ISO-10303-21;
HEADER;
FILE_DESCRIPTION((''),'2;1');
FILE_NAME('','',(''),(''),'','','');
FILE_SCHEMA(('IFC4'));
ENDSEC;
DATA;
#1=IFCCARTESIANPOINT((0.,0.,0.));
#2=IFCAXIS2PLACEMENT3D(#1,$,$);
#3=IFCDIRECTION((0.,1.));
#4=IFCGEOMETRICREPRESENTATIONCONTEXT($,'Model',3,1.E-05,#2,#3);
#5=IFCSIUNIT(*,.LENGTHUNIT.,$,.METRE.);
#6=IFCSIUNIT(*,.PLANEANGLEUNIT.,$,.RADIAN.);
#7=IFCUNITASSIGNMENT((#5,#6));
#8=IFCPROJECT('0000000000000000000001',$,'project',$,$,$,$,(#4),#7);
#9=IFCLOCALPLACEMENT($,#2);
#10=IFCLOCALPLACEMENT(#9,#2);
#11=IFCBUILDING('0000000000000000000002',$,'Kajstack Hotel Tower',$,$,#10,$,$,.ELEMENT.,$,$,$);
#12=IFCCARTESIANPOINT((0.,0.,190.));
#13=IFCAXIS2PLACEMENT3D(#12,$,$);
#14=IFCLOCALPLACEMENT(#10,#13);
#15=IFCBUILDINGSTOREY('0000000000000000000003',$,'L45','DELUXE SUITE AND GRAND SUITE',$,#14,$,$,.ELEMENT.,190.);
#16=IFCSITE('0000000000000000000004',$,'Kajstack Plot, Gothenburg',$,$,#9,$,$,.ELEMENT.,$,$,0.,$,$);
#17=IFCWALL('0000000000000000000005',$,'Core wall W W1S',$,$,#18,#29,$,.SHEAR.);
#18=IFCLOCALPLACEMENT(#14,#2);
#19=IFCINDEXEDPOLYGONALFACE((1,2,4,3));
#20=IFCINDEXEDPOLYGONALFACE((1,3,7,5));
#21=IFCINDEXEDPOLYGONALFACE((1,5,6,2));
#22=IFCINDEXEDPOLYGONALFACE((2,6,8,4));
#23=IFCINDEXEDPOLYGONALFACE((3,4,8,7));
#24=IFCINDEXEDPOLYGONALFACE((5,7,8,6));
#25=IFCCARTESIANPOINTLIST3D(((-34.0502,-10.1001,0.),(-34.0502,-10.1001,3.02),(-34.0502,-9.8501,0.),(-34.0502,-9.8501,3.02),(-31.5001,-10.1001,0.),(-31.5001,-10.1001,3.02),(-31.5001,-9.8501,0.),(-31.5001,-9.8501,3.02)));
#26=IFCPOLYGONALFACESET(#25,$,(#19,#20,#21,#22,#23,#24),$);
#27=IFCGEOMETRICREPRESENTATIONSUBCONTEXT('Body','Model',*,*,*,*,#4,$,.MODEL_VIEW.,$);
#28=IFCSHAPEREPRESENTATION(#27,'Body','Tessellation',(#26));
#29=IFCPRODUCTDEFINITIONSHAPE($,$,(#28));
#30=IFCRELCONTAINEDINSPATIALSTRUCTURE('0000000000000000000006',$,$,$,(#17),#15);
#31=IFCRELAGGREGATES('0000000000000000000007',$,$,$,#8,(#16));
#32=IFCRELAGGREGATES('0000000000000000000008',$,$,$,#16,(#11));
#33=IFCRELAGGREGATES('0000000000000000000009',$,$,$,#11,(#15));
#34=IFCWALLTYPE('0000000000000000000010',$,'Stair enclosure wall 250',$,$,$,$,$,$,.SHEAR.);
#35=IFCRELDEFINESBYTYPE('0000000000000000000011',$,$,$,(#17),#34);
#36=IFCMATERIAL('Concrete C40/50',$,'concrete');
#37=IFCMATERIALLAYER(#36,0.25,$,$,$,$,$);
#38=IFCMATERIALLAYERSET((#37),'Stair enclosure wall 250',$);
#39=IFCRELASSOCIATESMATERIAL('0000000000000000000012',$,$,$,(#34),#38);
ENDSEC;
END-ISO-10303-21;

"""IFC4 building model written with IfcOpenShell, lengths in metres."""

from ifc_helpers import new_model, si_unit, direction, frame, frame_2d, origin, place, context, subcontext, project, spatial, rectangle, extrude, material, layer, layer_set, type_object, element, save


model = new_model("IFC4")

# Units and contexts
model_context = context("Model", 3, precision=1e-05, world=origin(), true_north=direction((0.0, 1.0)))
body_context = subcontext(model_context, "Body", "Model", "MODEL_VIEW")
ifc_project = project(units=[si_unit("LENGTHUNIT", "METRE"), si_unit("PLANEANGLEUNIT", "RADIAN")], contexts=[model_context])

# Site, building, storey
site_placement = place(None, origin())
site = spatial("IfcSite", under=ifc_project, at=site_placement, Name="Kajstack Plot, Gothenburg", CompositionType="ELEMENT", RefElevation=0.0)
building_placement = place(site_placement, origin())
building = spatial("IfcBuilding", under=site, at=building_placement, Name="Kajstack Hotel Tower", CompositionType="ELEMENT")
storey_placement = place(building_placement, frame((0.0, 0.0, 190.0)))
storey = spatial("IfcBuildingStorey", under=building, at=storey_placement, Name="L45", Description="DELUXE SUITE AND GRAND SUITE", CompositionType="ELEMENT", Elevation=190.0)

# Shared definitions
ifc_material_1 = material(Name="Concrete C40/50", Category="concrete")

# Wall
ifc_layer_1 = layer(ifc_material_1, 0.25)
ifc_layer_set_1 = layer_set([ifc_layer_1], Name="Stair enclosure wall 250")
wall_type_1 = type_object("IfcWallType", Name="Stair enclosure wall 250", PredefinedType="SHEAR", material=ifc_layer_set_1)
wall_1_placement = place(storey_placement, frame((-34.05, -9.9751, 0.0), z_axis=(0.0, 0.0, 1.0), x_axis=(1.0, 0.0, 0.0)))
element("IfcWall", 1, at=wall_1_placement, inside=storey, type_object=wall_type_1, Name="Core wall W W1S", PredefinedType="SHEAR", context=body_context, shape_type="SweptSolid", body=[
    extrude(rectangle(XDim=2.55, YDim=0.25, at=frame_2d((1.2749, 0.0))), origin(), (0.0, 0.0, 1.0), 3.02),
])

save(model, "model.ifc")
